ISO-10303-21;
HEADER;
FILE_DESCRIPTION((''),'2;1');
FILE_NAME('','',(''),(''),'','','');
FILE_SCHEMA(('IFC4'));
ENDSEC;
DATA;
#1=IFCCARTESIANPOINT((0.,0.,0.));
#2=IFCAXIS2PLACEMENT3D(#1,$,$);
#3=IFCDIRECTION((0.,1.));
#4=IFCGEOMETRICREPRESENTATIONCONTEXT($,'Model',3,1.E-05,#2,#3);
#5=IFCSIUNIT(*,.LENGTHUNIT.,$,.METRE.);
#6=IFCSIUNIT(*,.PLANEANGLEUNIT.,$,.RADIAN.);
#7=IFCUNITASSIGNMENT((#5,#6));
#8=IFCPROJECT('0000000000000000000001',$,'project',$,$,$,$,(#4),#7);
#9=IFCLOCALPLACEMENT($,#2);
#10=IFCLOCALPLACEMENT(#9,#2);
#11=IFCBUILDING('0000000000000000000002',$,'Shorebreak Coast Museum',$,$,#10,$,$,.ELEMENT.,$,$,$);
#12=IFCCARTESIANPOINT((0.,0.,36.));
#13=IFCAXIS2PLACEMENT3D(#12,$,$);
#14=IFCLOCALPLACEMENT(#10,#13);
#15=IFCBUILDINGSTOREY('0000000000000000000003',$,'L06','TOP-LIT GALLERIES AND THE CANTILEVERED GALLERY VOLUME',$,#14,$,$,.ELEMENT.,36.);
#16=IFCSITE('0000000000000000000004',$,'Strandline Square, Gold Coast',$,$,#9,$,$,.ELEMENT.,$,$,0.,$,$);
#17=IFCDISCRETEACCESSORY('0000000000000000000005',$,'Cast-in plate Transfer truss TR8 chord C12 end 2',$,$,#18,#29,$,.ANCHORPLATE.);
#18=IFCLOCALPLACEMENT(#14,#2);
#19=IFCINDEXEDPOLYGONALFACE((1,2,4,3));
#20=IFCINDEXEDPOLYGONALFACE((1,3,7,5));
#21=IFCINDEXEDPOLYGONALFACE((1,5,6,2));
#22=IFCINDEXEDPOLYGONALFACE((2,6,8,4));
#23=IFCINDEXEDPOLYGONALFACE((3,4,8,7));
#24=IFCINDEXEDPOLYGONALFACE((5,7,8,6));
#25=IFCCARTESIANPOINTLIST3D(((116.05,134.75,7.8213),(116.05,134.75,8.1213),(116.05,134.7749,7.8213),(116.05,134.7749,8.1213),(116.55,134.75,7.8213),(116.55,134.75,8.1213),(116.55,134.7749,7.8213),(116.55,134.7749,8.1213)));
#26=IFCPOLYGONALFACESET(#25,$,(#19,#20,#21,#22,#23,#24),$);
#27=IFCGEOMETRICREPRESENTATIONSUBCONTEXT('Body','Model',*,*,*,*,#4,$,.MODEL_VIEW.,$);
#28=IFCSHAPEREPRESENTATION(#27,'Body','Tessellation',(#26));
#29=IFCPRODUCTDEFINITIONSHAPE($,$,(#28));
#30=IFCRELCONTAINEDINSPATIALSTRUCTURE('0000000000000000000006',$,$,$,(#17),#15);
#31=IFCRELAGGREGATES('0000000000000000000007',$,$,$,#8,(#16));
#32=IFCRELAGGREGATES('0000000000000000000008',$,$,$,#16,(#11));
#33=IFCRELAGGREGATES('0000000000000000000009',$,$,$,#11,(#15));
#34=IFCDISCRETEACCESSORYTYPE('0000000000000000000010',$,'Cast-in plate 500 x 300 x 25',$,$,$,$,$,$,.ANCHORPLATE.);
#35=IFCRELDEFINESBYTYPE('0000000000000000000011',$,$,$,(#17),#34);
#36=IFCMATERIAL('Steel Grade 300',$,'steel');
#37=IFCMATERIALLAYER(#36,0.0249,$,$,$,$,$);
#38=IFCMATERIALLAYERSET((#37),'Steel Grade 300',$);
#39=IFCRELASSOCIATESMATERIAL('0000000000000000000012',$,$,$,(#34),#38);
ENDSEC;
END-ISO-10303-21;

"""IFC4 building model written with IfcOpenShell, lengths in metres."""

from ifc_helpers import new_model, si_unit, direction, frame, origin, place, context, subcontext, project, spatial, polyline, outline, extrude, material, layer, layer_set, type_object, element, save


model = new_model("IFC4")

# Units and contexts
model_context = context("Model", 3, precision=1e-05, world=origin(), true_north=direction((0.0, 1.0)))
body_context = subcontext(model_context, "Body", "Model", "MODEL_VIEW")
ifc_project = project(units=[si_unit("LENGTHUNIT", "METRE"), si_unit("PLANEANGLEUNIT", "RADIAN")], contexts=[model_context])

# Site, building, storey
site_placement = place(None, origin())
site = spatial("IfcSite", under=ifc_project, at=site_placement, Name="Strandline Square, Gold Coast", CompositionType="ELEMENT", RefElevation=0.0)
building_placement = place(site_placement, origin())
building = spatial("IfcBuilding", under=site, at=building_placement, Name="Shorebreak Coast Museum", CompositionType="ELEMENT")
storey_placement = place(building_placement, frame((0.0, 0.0, 36.0)))
storey = spatial("IfcBuildingStorey", under=building, at=storey_placement, Name="L06", Description="TOP-LIT GALLERIES AND THE CANTILEVERED GALLERY VOLUME", CompositionType="ELEMENT", Elevation=36.0)

# Discrete accessory
ifc_material_1 = material(Name="Steel Grade 300", Category="steel")
ifc_layer_1 = layer(ifc_material_1, 0.0249)
ifc_layer_set_1 = layer_set([ifc_layer_1], Name="Steel Grade 300")
discrete_accessory_type = type_object("IfcDiscreteAccessoryType", Name="Cast-in plate 500 x 300 x 25", PredefinedType="ANCHORPLATE", material=ifc_layer_set_1)
discrete_accessory_placement = place(storey_placement, frame((116.05, 134.75, 7.8213), z_axis=(0.0, -1.0, 0.0), x_axis=(1.0, 0.0, 0.0)))
element("IfcDiscreteAccessory", 1, at=discrete_accessory_placement, inside=storey, type_object=discrete_accessory_type, Name="Cast-in plate Transfer truss TR8 chord C12 end 2", PredefinedType="ANCHORPLATE", context=body_context, shape_type="SweptSolid", body=[
    extrude(outline(polyline([(0.0, 0.0), (0.5, 0.0), (0.5, 0.3), (0.0, 0.3), (0.0, 0.0)])), origin(), (0.0, 0.0, -1.0), 0.0249),
])

save(model, "model.ifc")
